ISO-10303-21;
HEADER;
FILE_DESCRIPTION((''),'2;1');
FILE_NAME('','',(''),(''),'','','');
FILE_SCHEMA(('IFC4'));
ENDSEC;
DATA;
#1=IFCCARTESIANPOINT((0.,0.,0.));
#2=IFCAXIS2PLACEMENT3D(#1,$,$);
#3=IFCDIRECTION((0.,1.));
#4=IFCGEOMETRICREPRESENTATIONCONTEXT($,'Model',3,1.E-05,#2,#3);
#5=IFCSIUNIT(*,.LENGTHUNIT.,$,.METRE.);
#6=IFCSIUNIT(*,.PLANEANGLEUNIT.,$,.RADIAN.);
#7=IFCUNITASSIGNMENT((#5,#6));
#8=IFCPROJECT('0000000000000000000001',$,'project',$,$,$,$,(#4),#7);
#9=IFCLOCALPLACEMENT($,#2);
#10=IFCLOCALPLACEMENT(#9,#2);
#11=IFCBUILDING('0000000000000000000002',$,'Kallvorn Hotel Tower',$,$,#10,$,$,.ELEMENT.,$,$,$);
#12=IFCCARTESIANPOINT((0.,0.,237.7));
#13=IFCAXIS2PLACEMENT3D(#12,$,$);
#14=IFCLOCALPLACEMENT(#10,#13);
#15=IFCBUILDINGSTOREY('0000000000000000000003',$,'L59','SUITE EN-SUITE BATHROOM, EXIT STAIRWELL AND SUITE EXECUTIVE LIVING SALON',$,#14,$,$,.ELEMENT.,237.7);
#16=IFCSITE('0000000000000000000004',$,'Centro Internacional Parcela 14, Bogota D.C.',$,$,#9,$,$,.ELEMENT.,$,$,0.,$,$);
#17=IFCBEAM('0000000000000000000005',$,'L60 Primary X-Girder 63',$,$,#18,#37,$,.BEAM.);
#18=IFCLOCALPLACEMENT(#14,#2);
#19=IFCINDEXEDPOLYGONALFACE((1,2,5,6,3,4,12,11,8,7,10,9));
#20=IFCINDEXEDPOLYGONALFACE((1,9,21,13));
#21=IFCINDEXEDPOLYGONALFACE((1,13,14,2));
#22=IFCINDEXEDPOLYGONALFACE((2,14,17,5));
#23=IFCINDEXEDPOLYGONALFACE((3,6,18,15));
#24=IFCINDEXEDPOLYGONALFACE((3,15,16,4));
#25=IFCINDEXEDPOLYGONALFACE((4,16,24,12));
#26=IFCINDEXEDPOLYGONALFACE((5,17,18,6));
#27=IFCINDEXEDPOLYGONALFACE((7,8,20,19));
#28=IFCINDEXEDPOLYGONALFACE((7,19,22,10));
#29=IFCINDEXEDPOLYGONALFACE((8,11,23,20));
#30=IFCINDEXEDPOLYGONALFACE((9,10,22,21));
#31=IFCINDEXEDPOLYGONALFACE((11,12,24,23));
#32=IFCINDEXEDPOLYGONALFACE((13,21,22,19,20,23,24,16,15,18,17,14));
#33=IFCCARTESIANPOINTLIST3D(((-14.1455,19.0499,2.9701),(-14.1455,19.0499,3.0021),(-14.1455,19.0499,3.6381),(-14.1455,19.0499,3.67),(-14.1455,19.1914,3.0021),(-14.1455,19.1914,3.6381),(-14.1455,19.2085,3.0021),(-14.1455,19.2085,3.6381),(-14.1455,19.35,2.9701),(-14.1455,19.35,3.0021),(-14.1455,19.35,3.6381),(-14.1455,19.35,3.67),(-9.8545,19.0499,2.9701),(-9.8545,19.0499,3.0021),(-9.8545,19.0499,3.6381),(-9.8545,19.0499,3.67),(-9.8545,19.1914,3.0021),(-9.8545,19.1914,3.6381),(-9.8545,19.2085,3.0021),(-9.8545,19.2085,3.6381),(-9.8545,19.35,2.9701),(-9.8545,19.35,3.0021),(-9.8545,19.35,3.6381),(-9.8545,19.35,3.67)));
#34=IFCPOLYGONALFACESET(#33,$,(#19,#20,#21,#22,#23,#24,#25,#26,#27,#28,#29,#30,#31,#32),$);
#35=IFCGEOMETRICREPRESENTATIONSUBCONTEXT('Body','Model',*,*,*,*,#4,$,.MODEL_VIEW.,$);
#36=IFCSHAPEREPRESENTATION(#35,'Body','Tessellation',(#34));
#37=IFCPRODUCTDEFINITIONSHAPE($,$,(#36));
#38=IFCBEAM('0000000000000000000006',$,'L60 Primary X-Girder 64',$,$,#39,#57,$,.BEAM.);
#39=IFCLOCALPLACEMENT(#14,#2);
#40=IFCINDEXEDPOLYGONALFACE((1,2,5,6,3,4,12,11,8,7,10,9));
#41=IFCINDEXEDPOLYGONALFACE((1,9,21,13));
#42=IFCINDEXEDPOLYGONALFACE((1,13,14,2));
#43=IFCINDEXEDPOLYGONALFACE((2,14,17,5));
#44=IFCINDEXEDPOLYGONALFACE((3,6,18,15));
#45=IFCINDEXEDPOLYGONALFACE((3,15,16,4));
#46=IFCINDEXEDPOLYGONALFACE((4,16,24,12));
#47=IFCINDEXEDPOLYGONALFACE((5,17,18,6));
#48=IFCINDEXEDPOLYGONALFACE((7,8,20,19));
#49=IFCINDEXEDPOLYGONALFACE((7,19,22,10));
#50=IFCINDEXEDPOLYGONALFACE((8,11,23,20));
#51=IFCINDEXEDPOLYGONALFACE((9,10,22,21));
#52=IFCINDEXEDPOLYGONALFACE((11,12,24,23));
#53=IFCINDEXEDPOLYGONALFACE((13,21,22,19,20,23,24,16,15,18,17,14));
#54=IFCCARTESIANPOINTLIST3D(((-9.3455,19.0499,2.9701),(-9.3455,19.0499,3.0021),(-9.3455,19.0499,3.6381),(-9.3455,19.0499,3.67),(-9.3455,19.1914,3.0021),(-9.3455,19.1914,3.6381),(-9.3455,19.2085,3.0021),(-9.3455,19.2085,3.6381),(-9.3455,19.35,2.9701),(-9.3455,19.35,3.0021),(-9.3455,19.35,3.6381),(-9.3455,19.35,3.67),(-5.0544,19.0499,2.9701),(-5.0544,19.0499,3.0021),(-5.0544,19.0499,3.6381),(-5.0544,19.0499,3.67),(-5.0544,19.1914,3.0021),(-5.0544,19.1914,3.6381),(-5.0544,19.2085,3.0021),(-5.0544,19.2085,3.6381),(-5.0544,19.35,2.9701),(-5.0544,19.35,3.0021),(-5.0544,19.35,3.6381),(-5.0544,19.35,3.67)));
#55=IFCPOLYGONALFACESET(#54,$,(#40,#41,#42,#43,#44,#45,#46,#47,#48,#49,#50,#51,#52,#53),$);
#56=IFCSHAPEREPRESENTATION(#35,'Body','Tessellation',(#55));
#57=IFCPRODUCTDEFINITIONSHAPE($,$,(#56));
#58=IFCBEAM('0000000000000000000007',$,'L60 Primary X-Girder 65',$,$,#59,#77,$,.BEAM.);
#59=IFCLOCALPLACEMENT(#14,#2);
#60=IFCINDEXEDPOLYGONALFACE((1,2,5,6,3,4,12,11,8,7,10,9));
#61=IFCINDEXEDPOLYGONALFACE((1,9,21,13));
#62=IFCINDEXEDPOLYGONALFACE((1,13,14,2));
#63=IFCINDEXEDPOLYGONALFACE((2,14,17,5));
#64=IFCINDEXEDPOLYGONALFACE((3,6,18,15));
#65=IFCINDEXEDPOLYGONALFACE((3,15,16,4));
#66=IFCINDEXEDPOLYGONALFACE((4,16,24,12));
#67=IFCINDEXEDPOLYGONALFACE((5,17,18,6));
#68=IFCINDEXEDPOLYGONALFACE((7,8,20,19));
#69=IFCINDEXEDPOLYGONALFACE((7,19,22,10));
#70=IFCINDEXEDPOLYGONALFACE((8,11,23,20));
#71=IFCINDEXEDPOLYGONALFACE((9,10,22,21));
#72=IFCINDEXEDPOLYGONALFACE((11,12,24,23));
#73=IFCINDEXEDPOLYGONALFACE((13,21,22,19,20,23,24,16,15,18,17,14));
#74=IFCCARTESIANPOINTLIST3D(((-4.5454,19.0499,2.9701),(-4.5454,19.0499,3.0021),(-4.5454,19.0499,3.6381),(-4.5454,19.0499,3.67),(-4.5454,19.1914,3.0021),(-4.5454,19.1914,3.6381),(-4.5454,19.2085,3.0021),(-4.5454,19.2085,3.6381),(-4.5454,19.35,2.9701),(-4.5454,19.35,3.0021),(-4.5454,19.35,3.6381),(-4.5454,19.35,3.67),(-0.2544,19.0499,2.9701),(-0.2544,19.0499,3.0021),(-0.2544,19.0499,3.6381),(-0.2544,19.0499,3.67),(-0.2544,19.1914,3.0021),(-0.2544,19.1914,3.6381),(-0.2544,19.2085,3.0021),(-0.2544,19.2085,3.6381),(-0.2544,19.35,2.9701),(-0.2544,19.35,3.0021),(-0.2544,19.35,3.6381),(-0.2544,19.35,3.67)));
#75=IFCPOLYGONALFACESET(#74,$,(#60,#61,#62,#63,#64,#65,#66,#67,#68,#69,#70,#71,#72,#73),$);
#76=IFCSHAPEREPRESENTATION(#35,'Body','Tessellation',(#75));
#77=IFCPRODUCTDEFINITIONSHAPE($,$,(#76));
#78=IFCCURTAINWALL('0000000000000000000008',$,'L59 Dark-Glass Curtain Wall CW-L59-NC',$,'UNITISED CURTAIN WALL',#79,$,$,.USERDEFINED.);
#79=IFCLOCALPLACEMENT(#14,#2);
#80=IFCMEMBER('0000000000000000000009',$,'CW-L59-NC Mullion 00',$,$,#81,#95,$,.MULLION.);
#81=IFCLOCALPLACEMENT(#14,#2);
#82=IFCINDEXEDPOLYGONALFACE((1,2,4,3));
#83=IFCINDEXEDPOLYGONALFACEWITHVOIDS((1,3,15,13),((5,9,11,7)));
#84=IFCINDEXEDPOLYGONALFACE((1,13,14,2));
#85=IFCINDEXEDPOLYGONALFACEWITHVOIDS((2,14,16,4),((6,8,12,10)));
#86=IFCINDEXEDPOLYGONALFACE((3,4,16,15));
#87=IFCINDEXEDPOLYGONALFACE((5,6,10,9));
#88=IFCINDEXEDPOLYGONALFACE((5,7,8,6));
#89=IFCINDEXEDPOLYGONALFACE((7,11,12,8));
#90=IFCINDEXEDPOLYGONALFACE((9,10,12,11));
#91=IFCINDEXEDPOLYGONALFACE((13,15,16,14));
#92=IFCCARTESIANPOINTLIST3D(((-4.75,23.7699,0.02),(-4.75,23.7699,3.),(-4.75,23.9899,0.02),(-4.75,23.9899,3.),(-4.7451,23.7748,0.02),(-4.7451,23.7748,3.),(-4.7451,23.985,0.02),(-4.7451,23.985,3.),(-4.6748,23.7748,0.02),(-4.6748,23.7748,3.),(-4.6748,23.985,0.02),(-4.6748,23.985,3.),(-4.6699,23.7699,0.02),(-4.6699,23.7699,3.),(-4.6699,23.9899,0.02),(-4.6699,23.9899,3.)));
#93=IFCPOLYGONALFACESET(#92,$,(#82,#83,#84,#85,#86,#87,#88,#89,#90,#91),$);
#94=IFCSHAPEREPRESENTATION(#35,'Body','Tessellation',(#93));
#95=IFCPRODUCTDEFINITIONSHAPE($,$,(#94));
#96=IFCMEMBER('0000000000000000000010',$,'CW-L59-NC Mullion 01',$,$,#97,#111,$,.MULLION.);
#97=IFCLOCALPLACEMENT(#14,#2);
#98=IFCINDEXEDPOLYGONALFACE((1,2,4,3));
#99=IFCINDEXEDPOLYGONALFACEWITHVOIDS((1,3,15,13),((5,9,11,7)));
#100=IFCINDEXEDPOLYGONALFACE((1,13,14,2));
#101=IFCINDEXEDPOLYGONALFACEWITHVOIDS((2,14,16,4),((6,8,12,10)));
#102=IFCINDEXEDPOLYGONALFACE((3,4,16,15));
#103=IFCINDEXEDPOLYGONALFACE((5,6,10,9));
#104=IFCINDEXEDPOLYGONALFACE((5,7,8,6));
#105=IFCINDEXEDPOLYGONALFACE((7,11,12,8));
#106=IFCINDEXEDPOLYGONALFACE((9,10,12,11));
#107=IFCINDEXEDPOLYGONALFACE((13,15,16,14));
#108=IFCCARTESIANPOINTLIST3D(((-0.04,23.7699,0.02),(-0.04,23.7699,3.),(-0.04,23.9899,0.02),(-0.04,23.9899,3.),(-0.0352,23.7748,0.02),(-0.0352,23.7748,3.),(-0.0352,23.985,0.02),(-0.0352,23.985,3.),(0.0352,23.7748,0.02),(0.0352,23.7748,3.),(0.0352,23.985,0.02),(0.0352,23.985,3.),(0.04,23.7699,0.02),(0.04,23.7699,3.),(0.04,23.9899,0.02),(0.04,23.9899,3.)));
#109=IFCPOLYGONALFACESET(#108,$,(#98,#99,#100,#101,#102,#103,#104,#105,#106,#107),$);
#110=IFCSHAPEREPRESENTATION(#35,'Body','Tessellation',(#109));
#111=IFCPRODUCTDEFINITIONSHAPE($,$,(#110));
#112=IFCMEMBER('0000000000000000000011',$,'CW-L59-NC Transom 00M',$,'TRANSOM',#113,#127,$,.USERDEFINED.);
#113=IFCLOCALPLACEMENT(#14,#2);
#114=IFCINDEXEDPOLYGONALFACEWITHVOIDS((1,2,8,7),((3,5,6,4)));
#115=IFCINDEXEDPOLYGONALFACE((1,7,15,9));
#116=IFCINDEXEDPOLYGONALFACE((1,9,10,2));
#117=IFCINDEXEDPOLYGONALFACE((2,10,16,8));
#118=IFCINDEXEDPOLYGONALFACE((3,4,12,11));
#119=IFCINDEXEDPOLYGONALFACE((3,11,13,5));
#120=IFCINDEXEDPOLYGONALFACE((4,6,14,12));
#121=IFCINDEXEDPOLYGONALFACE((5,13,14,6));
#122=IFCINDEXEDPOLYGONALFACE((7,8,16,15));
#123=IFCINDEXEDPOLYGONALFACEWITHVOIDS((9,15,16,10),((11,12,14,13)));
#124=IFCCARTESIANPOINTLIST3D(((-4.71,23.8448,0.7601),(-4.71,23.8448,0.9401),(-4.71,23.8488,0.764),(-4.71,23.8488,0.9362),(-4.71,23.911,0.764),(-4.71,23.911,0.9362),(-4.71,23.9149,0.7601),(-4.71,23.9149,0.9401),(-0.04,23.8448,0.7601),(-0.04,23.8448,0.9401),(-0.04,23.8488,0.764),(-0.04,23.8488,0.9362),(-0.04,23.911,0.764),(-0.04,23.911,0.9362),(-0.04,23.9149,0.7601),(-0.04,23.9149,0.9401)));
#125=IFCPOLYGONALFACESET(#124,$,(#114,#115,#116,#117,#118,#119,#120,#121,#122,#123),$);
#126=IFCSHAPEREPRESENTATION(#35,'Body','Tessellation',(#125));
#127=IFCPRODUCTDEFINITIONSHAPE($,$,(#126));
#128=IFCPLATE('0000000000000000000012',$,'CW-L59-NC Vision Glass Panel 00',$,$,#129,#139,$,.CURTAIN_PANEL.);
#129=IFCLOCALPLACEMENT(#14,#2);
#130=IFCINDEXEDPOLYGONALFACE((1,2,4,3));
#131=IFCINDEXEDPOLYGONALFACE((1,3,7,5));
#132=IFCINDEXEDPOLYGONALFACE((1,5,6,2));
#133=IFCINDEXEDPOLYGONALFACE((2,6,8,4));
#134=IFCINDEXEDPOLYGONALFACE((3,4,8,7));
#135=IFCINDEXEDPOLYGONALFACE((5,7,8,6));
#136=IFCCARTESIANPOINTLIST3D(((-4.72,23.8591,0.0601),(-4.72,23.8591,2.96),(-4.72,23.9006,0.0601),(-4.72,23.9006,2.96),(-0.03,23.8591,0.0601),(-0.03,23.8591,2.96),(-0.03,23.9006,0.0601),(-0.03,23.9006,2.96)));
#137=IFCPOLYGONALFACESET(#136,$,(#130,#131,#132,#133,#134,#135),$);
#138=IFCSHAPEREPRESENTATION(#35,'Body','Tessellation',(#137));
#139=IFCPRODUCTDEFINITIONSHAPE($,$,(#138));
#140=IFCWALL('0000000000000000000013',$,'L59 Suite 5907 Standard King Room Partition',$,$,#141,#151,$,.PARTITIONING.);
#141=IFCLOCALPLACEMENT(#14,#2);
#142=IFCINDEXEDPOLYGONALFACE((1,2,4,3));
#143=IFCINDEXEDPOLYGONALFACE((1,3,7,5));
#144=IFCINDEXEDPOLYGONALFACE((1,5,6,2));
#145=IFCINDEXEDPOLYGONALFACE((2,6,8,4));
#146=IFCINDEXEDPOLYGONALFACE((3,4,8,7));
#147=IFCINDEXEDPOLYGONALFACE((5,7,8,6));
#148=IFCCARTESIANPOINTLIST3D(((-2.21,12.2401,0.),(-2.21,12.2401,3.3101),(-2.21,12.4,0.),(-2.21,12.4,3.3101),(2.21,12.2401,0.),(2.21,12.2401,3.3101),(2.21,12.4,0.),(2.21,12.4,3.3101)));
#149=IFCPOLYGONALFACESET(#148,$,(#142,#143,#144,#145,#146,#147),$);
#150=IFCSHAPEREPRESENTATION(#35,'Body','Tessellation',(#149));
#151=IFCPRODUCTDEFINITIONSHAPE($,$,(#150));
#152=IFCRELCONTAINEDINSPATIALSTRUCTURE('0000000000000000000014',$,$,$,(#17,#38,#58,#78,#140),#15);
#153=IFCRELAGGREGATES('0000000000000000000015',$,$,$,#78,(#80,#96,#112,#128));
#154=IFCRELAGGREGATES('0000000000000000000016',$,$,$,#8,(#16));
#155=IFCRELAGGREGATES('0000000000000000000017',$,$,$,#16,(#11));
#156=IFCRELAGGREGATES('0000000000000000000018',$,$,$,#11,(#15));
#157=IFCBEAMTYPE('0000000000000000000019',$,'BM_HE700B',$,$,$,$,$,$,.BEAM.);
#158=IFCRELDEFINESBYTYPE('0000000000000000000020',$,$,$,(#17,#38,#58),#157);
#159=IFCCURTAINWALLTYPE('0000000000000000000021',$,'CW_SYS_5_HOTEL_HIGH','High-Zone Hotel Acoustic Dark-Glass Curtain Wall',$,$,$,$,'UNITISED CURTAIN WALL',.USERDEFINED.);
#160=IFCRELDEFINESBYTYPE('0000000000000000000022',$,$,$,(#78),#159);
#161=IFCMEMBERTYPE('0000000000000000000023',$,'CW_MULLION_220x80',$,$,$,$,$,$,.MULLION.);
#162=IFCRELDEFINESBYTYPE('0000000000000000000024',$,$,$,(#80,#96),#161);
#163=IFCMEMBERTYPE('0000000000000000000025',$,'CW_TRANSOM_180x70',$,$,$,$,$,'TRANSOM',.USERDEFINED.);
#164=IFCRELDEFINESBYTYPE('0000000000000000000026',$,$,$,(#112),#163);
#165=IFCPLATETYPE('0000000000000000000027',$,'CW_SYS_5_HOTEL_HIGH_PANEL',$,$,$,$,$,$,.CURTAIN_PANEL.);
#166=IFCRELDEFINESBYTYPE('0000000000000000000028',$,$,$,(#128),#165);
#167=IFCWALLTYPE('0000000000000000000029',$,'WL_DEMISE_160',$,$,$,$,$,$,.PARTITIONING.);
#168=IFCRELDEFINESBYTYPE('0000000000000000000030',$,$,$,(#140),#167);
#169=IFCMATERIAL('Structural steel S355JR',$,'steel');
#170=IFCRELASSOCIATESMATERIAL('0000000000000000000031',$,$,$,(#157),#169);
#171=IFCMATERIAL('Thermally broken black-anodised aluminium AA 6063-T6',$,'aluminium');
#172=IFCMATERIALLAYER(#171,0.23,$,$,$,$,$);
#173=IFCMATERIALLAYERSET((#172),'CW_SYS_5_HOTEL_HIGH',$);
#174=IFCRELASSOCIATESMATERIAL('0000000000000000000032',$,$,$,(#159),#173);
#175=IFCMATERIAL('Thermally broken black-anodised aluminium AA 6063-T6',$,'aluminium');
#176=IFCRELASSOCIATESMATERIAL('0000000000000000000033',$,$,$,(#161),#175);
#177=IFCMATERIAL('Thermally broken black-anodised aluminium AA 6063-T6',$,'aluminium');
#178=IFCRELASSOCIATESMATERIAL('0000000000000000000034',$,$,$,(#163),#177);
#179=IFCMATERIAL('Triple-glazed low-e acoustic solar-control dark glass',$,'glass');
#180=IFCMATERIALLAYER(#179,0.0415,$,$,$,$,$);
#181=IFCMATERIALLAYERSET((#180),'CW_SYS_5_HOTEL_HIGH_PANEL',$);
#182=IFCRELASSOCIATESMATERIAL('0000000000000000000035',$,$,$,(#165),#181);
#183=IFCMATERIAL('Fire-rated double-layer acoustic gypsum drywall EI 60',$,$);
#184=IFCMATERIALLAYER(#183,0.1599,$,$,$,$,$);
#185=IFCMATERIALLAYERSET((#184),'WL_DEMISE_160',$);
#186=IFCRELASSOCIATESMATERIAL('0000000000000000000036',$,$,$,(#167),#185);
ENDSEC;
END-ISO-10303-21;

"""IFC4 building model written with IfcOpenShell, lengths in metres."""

from ifc_helpers import new_model, si_unit, direction, frame, frame_2d, origin, origin_2d, place, context, subcontext, project, spatial, rectangle, hollow_rectangle, i_section, extrude, material, layer, layer_set, material_profile, profile_set, type_object, element, aggregate, save


model = new_model("IFC4")

# Units and contexts
model_context = context("Model", 3, precision=1e-05, world=origin(), true_north=direction((0.0, 1.0)))
body_context = subcontext(model_context, "Body", "Model", "MODEL_VIEW")
ifc_project = project(units=[si_unit("LENGTHUNIT", "METRE"), si_unit("PLANEANGLEUNIT", "RADIAN")], contexts=[model_context])

# Site, building, storey
site_placement = place(None, origin())
site = spatial("IfcSite", under=ifc_project, at=site_placement, Name="Centro Internacional Parcela 14, Bogota D.C.", CompositionType="ELEMENT", RefElevation=0.0)
building_placement = place(site_placement, origin())
building = spatial("IfcBuilding", under=site, at=building_placement, Name="Kallvorn Hotel Tower", CompositionType="ELEMENT")
storey_placement = place(building_placement, frame((0.0, 0.0, 237.7)))
storey = spatial("IfcBuildingStorey", under=building, at=storey_placement, Name="L59", Description="SUITE EN-SUITE BATHROOM, EXIT STAIRWELL AND SUITE EXECUTIVE LIVING SALON", CompositionType="ELEMENT", Elevation=237.7)

# Beams
ifc_material_1 = material(Name="Structural steel S355JR", Category="steel")
ifc_material_profile_1 = material_profile(ifc_material_1, i_section(OverallWidth=0.3, OverallDepth=0.7, WebThickness=0.0171, FlangeThickness=0.032, at=origin_2d()), Name="HE 700 B")
ifc_profile_set_1 = profile_set([ifc_material_profile_1], Name="Structural steel S355JR")
beam_type_1 = type_object("IfcBeamType", Name="BM_HE700B", PredefinedType="BEAM", material=ifc_profile_set_1)
for number, where, z_axis, x_axis, name in (
    (1, (-14.1455, 19.2, 3.3201), (1.0, 0.0, 0.0), (0.0, 1.0, 0.0), "L60 Primary X-Girder 63"),
    (2, (-9.3455, 19.2, 3.3201), (1.0, 0.0, 0.0), (0.0, 1.0, 0.0), "L60 Primary X-Girder 64"),
    (3, (-4.5454, 19.2, 3.3201), (1.0, 0.0, 0.0), (0.0, 1.0, 0.0), "L60 Primary X-Girder 65"),
):
    element("IfcBeam", number, at=place(storey_placement, frame(where, z_axis=z_axis, x_axis=x_axis)), inside=storey, type_object=beam_type_1, Name=name, PredefinedType="BEAM", context=body_context, shape_type="SweptSolid", body=[
        extrude(i_section(OverallWidth=0.3, OverallDepth=0.7, WebThickness=0.0171, FlangeThickness=0.032, at=origin_2d()), origin(), (0.0, 0.0, 1.0), 4.291),
    ])

# Curtain wall, members, plate
ifc_material_2 = material(Name="Thermally broken black-anodised aluminium AA 6063-T6", Category="aluminium")
ifc_layer_1 = layer(ifc_material_2, 0.23)
ifc_layer_set_1 = layer_set([ifc_layer_1], Name="CW_SYS_5_HOTEL_HIGH")
curtain_wall_type = type_object("IfcCurtainWallType", Name="CW_SYS_5_HOTEL_HIGH", Description="High-Zone Hotel Acoustic Dark-Glass Curtain Wall", ElementType="UNITISED CURTAIN WALL", PredefinedType="USERDEFINED", material=ifc_layer_set_1)
curtain_wall_placement = place(storey_placement, origin())
curtain_wall = element("IfcCurtainWall", 4, at=curtain_wall_placement, inside=storey, type_object=curtain_wall_type, Name="L59 Dark-Glass Curtain Wall CW-L59-NC", ObjectType="UNITISED CURTAIN WALL", PredefinedType="USERDEFINED")
ifc_material_3 = material(Name="Thermally broken black-anodised aluminium AA 6063-T6", Category="aluminium")
ifc_material_profile_2 = material_profile(ifc_material_3, hollow_rectangle(XDim=0.0801, YDim=0.22, WallThickness=0.0049, at=origin_2d()), Name="MUL 220x80")
ifc_profile_set_2 = profile_set([ifc_material_profile_2], Name="Thermally broken black-anodised aluminium AA 6063-T6")
member_type_1 = type_object("IfcMemberType", Name="CW_MULLION_220x80", PredefinedType="MULLION", material=ifc_profile_set_2)
member_1_placement = place(storey_placement, frame((-4.71, 23.8799, 0.02), z_axis=(0.0, 0.0, 1.0), x_axis=(1.0, 0.0, 0.0)))
member_1 = element("IfcMember", 5, at=member_1_placement, type_object=member_type_1, Name="CW-L59-NC Mullion 00", PredefinedType="MULLION", context=body_context, shape_type="SweptSolid", body=[
    extrude(hollow_rectangle(XDim=0.0801, YDim=0.22, WallThickness=0.0049, at=origin_2d()), origin(), (0.0, 0.0, 1.0), 2.98),
])
member_2_placement = place(storey_placement, frame((0.0, 23.8799, 0.02), z_axis=(0.0, 0.0, 1.0), x_axis=(1.0, 0.0, 0.0)))
member_2 = element("IfcMember", 6, at=member_2_placement, type_object=member_type_1, Name="CW-L59-NC Mullion 01", PredefinedType="MULLION", context=body_context, shape_type="SweptSolid", body=[
    extrude(hollow_rectangle(XDim=0.0801, YDim=0.22, WallThickness=0.0049, at=origin_2d()), origin(), (0.0, 0.0, 1.0), 2.98),
])
ifc_material_4 = material(Name="Thermally broken black-anodised aluminium AA 6063-T6", Category="aluminium")
ifc_material_profile_3 = material_profile(ifc_material_4, hollow_rectangle(XDim=0.0701, YDim=0.1799, WallThickness=0.0039, at=origin_2d()), Name="TRN 180x70")
ifc_profile_set_3 = profile_set([ifc_material_profile_3], Name="Thermally broken black-anodised aluminium AA 6063-T6")
member_type_2 = type_object("IfcMemberType", Name="CW_TRANSOM_180x70", ElementType="TRANSOM", PredefinedType="USERDEFINED", material=ifc_profile_set_3)
member_3_placement = place(storey_placement, frame((-4.71, 23.8799, 0.8501), z_axis=(1.0, 0.0, 0.0), x_axis=(0.0, 1.0, 0.0)))
member_3 = element("IfcMember", 7, at=member_3_placement, type_object=member_type_2, Name="CW-L59-NC Transom 00M", ObjectType="TRANSOM", PredefinedType="USERDEFINED", context=body_context, shape_type="SweptSolid", body=[
    extrude(hollow_rectangle(XDim=0.0701, YDim=0.1799, WallThickness=0.0039, at=origin_2d()), origin(), (0.0, 0.0, 1.0), 4.6699),
])
ifc_material_5 = material(Name="Triple-glazed low-e acoustic solar-control dark glass", Category="glass")
ifc_layer_2 = layer(ifc_material_5, 0.0415)
ifc_layer_set_2 = layer_set([ifc_layer_2], Name="CW_SYS_5_HOTEL_HIGH_PANEL")
plate_type = type_object("IfcPlateType", Name="CW_SYS_5_HOTEL_HIGH_PANEL", PredefinedType="CURTAIN_PANEL", material=ifc_layer_set_2)
plate_placement = place(storey_placement, frame((-2.375, 23.8799, 0.0601), z_axis=(0.0, 0.0, 1.0), x_axis=(1.0, 0.0, 0.0)))
plate = element("IfcPlate", 8, at=plate_placement, type_object=plate_type, Name="CW-L59-NC Vision Glass Panel 00", PredefinedType="CURTAIN_PANEL", context=body_context, shape_type="SweptSolid", body=[
    extrude(rectangle(XDim=4.6899, YDim=0.0415, at=origin_2d()), origin(), (0.0, 0.0, 1.0), 2.8999),
])
aggregate(curtain_wall, [member_1, member_2, member_3, plate])

# Wall
ifc_material_6 = material(Name="Fire-rated double-layer acoustic gypsum drywall EI 60")
ifc_layer_3 = layer(ifc_material_6, 0.1599)
ifc_layer_set_3 = layer_set([ifc_layer_3], Name="WL_DEMISE_160")
wall_type = type_object("IfcWallType", Name="WL_DEMISE_160", PredefinedType="PARTITIONING", material=ifc_layer_set_3)
wall_1_placement = place(storey_placement, frame((-2.21, 12.3201, 0.0), z_axis=(0.0, 0.0, 1.0), x_axis=(1.0, 0.0, 0.0)))
element("IfcWall", 9, at=wall_1_placement, inside=storey, type_object=wall_type, Name="L59 Suite 5907 Standard King Room Partition", PredefinedType="PARTITIONING", context=body_context, shape_type="SweptSolid", body=[
    extrude(rectangle(XDim=4.4199, YDim=0.1599, at=frame_2d((2.21, 0.0))), origin(), (0.0, 0.0, 1.0), 3.3101),
])

save(model, "model.ifc")
